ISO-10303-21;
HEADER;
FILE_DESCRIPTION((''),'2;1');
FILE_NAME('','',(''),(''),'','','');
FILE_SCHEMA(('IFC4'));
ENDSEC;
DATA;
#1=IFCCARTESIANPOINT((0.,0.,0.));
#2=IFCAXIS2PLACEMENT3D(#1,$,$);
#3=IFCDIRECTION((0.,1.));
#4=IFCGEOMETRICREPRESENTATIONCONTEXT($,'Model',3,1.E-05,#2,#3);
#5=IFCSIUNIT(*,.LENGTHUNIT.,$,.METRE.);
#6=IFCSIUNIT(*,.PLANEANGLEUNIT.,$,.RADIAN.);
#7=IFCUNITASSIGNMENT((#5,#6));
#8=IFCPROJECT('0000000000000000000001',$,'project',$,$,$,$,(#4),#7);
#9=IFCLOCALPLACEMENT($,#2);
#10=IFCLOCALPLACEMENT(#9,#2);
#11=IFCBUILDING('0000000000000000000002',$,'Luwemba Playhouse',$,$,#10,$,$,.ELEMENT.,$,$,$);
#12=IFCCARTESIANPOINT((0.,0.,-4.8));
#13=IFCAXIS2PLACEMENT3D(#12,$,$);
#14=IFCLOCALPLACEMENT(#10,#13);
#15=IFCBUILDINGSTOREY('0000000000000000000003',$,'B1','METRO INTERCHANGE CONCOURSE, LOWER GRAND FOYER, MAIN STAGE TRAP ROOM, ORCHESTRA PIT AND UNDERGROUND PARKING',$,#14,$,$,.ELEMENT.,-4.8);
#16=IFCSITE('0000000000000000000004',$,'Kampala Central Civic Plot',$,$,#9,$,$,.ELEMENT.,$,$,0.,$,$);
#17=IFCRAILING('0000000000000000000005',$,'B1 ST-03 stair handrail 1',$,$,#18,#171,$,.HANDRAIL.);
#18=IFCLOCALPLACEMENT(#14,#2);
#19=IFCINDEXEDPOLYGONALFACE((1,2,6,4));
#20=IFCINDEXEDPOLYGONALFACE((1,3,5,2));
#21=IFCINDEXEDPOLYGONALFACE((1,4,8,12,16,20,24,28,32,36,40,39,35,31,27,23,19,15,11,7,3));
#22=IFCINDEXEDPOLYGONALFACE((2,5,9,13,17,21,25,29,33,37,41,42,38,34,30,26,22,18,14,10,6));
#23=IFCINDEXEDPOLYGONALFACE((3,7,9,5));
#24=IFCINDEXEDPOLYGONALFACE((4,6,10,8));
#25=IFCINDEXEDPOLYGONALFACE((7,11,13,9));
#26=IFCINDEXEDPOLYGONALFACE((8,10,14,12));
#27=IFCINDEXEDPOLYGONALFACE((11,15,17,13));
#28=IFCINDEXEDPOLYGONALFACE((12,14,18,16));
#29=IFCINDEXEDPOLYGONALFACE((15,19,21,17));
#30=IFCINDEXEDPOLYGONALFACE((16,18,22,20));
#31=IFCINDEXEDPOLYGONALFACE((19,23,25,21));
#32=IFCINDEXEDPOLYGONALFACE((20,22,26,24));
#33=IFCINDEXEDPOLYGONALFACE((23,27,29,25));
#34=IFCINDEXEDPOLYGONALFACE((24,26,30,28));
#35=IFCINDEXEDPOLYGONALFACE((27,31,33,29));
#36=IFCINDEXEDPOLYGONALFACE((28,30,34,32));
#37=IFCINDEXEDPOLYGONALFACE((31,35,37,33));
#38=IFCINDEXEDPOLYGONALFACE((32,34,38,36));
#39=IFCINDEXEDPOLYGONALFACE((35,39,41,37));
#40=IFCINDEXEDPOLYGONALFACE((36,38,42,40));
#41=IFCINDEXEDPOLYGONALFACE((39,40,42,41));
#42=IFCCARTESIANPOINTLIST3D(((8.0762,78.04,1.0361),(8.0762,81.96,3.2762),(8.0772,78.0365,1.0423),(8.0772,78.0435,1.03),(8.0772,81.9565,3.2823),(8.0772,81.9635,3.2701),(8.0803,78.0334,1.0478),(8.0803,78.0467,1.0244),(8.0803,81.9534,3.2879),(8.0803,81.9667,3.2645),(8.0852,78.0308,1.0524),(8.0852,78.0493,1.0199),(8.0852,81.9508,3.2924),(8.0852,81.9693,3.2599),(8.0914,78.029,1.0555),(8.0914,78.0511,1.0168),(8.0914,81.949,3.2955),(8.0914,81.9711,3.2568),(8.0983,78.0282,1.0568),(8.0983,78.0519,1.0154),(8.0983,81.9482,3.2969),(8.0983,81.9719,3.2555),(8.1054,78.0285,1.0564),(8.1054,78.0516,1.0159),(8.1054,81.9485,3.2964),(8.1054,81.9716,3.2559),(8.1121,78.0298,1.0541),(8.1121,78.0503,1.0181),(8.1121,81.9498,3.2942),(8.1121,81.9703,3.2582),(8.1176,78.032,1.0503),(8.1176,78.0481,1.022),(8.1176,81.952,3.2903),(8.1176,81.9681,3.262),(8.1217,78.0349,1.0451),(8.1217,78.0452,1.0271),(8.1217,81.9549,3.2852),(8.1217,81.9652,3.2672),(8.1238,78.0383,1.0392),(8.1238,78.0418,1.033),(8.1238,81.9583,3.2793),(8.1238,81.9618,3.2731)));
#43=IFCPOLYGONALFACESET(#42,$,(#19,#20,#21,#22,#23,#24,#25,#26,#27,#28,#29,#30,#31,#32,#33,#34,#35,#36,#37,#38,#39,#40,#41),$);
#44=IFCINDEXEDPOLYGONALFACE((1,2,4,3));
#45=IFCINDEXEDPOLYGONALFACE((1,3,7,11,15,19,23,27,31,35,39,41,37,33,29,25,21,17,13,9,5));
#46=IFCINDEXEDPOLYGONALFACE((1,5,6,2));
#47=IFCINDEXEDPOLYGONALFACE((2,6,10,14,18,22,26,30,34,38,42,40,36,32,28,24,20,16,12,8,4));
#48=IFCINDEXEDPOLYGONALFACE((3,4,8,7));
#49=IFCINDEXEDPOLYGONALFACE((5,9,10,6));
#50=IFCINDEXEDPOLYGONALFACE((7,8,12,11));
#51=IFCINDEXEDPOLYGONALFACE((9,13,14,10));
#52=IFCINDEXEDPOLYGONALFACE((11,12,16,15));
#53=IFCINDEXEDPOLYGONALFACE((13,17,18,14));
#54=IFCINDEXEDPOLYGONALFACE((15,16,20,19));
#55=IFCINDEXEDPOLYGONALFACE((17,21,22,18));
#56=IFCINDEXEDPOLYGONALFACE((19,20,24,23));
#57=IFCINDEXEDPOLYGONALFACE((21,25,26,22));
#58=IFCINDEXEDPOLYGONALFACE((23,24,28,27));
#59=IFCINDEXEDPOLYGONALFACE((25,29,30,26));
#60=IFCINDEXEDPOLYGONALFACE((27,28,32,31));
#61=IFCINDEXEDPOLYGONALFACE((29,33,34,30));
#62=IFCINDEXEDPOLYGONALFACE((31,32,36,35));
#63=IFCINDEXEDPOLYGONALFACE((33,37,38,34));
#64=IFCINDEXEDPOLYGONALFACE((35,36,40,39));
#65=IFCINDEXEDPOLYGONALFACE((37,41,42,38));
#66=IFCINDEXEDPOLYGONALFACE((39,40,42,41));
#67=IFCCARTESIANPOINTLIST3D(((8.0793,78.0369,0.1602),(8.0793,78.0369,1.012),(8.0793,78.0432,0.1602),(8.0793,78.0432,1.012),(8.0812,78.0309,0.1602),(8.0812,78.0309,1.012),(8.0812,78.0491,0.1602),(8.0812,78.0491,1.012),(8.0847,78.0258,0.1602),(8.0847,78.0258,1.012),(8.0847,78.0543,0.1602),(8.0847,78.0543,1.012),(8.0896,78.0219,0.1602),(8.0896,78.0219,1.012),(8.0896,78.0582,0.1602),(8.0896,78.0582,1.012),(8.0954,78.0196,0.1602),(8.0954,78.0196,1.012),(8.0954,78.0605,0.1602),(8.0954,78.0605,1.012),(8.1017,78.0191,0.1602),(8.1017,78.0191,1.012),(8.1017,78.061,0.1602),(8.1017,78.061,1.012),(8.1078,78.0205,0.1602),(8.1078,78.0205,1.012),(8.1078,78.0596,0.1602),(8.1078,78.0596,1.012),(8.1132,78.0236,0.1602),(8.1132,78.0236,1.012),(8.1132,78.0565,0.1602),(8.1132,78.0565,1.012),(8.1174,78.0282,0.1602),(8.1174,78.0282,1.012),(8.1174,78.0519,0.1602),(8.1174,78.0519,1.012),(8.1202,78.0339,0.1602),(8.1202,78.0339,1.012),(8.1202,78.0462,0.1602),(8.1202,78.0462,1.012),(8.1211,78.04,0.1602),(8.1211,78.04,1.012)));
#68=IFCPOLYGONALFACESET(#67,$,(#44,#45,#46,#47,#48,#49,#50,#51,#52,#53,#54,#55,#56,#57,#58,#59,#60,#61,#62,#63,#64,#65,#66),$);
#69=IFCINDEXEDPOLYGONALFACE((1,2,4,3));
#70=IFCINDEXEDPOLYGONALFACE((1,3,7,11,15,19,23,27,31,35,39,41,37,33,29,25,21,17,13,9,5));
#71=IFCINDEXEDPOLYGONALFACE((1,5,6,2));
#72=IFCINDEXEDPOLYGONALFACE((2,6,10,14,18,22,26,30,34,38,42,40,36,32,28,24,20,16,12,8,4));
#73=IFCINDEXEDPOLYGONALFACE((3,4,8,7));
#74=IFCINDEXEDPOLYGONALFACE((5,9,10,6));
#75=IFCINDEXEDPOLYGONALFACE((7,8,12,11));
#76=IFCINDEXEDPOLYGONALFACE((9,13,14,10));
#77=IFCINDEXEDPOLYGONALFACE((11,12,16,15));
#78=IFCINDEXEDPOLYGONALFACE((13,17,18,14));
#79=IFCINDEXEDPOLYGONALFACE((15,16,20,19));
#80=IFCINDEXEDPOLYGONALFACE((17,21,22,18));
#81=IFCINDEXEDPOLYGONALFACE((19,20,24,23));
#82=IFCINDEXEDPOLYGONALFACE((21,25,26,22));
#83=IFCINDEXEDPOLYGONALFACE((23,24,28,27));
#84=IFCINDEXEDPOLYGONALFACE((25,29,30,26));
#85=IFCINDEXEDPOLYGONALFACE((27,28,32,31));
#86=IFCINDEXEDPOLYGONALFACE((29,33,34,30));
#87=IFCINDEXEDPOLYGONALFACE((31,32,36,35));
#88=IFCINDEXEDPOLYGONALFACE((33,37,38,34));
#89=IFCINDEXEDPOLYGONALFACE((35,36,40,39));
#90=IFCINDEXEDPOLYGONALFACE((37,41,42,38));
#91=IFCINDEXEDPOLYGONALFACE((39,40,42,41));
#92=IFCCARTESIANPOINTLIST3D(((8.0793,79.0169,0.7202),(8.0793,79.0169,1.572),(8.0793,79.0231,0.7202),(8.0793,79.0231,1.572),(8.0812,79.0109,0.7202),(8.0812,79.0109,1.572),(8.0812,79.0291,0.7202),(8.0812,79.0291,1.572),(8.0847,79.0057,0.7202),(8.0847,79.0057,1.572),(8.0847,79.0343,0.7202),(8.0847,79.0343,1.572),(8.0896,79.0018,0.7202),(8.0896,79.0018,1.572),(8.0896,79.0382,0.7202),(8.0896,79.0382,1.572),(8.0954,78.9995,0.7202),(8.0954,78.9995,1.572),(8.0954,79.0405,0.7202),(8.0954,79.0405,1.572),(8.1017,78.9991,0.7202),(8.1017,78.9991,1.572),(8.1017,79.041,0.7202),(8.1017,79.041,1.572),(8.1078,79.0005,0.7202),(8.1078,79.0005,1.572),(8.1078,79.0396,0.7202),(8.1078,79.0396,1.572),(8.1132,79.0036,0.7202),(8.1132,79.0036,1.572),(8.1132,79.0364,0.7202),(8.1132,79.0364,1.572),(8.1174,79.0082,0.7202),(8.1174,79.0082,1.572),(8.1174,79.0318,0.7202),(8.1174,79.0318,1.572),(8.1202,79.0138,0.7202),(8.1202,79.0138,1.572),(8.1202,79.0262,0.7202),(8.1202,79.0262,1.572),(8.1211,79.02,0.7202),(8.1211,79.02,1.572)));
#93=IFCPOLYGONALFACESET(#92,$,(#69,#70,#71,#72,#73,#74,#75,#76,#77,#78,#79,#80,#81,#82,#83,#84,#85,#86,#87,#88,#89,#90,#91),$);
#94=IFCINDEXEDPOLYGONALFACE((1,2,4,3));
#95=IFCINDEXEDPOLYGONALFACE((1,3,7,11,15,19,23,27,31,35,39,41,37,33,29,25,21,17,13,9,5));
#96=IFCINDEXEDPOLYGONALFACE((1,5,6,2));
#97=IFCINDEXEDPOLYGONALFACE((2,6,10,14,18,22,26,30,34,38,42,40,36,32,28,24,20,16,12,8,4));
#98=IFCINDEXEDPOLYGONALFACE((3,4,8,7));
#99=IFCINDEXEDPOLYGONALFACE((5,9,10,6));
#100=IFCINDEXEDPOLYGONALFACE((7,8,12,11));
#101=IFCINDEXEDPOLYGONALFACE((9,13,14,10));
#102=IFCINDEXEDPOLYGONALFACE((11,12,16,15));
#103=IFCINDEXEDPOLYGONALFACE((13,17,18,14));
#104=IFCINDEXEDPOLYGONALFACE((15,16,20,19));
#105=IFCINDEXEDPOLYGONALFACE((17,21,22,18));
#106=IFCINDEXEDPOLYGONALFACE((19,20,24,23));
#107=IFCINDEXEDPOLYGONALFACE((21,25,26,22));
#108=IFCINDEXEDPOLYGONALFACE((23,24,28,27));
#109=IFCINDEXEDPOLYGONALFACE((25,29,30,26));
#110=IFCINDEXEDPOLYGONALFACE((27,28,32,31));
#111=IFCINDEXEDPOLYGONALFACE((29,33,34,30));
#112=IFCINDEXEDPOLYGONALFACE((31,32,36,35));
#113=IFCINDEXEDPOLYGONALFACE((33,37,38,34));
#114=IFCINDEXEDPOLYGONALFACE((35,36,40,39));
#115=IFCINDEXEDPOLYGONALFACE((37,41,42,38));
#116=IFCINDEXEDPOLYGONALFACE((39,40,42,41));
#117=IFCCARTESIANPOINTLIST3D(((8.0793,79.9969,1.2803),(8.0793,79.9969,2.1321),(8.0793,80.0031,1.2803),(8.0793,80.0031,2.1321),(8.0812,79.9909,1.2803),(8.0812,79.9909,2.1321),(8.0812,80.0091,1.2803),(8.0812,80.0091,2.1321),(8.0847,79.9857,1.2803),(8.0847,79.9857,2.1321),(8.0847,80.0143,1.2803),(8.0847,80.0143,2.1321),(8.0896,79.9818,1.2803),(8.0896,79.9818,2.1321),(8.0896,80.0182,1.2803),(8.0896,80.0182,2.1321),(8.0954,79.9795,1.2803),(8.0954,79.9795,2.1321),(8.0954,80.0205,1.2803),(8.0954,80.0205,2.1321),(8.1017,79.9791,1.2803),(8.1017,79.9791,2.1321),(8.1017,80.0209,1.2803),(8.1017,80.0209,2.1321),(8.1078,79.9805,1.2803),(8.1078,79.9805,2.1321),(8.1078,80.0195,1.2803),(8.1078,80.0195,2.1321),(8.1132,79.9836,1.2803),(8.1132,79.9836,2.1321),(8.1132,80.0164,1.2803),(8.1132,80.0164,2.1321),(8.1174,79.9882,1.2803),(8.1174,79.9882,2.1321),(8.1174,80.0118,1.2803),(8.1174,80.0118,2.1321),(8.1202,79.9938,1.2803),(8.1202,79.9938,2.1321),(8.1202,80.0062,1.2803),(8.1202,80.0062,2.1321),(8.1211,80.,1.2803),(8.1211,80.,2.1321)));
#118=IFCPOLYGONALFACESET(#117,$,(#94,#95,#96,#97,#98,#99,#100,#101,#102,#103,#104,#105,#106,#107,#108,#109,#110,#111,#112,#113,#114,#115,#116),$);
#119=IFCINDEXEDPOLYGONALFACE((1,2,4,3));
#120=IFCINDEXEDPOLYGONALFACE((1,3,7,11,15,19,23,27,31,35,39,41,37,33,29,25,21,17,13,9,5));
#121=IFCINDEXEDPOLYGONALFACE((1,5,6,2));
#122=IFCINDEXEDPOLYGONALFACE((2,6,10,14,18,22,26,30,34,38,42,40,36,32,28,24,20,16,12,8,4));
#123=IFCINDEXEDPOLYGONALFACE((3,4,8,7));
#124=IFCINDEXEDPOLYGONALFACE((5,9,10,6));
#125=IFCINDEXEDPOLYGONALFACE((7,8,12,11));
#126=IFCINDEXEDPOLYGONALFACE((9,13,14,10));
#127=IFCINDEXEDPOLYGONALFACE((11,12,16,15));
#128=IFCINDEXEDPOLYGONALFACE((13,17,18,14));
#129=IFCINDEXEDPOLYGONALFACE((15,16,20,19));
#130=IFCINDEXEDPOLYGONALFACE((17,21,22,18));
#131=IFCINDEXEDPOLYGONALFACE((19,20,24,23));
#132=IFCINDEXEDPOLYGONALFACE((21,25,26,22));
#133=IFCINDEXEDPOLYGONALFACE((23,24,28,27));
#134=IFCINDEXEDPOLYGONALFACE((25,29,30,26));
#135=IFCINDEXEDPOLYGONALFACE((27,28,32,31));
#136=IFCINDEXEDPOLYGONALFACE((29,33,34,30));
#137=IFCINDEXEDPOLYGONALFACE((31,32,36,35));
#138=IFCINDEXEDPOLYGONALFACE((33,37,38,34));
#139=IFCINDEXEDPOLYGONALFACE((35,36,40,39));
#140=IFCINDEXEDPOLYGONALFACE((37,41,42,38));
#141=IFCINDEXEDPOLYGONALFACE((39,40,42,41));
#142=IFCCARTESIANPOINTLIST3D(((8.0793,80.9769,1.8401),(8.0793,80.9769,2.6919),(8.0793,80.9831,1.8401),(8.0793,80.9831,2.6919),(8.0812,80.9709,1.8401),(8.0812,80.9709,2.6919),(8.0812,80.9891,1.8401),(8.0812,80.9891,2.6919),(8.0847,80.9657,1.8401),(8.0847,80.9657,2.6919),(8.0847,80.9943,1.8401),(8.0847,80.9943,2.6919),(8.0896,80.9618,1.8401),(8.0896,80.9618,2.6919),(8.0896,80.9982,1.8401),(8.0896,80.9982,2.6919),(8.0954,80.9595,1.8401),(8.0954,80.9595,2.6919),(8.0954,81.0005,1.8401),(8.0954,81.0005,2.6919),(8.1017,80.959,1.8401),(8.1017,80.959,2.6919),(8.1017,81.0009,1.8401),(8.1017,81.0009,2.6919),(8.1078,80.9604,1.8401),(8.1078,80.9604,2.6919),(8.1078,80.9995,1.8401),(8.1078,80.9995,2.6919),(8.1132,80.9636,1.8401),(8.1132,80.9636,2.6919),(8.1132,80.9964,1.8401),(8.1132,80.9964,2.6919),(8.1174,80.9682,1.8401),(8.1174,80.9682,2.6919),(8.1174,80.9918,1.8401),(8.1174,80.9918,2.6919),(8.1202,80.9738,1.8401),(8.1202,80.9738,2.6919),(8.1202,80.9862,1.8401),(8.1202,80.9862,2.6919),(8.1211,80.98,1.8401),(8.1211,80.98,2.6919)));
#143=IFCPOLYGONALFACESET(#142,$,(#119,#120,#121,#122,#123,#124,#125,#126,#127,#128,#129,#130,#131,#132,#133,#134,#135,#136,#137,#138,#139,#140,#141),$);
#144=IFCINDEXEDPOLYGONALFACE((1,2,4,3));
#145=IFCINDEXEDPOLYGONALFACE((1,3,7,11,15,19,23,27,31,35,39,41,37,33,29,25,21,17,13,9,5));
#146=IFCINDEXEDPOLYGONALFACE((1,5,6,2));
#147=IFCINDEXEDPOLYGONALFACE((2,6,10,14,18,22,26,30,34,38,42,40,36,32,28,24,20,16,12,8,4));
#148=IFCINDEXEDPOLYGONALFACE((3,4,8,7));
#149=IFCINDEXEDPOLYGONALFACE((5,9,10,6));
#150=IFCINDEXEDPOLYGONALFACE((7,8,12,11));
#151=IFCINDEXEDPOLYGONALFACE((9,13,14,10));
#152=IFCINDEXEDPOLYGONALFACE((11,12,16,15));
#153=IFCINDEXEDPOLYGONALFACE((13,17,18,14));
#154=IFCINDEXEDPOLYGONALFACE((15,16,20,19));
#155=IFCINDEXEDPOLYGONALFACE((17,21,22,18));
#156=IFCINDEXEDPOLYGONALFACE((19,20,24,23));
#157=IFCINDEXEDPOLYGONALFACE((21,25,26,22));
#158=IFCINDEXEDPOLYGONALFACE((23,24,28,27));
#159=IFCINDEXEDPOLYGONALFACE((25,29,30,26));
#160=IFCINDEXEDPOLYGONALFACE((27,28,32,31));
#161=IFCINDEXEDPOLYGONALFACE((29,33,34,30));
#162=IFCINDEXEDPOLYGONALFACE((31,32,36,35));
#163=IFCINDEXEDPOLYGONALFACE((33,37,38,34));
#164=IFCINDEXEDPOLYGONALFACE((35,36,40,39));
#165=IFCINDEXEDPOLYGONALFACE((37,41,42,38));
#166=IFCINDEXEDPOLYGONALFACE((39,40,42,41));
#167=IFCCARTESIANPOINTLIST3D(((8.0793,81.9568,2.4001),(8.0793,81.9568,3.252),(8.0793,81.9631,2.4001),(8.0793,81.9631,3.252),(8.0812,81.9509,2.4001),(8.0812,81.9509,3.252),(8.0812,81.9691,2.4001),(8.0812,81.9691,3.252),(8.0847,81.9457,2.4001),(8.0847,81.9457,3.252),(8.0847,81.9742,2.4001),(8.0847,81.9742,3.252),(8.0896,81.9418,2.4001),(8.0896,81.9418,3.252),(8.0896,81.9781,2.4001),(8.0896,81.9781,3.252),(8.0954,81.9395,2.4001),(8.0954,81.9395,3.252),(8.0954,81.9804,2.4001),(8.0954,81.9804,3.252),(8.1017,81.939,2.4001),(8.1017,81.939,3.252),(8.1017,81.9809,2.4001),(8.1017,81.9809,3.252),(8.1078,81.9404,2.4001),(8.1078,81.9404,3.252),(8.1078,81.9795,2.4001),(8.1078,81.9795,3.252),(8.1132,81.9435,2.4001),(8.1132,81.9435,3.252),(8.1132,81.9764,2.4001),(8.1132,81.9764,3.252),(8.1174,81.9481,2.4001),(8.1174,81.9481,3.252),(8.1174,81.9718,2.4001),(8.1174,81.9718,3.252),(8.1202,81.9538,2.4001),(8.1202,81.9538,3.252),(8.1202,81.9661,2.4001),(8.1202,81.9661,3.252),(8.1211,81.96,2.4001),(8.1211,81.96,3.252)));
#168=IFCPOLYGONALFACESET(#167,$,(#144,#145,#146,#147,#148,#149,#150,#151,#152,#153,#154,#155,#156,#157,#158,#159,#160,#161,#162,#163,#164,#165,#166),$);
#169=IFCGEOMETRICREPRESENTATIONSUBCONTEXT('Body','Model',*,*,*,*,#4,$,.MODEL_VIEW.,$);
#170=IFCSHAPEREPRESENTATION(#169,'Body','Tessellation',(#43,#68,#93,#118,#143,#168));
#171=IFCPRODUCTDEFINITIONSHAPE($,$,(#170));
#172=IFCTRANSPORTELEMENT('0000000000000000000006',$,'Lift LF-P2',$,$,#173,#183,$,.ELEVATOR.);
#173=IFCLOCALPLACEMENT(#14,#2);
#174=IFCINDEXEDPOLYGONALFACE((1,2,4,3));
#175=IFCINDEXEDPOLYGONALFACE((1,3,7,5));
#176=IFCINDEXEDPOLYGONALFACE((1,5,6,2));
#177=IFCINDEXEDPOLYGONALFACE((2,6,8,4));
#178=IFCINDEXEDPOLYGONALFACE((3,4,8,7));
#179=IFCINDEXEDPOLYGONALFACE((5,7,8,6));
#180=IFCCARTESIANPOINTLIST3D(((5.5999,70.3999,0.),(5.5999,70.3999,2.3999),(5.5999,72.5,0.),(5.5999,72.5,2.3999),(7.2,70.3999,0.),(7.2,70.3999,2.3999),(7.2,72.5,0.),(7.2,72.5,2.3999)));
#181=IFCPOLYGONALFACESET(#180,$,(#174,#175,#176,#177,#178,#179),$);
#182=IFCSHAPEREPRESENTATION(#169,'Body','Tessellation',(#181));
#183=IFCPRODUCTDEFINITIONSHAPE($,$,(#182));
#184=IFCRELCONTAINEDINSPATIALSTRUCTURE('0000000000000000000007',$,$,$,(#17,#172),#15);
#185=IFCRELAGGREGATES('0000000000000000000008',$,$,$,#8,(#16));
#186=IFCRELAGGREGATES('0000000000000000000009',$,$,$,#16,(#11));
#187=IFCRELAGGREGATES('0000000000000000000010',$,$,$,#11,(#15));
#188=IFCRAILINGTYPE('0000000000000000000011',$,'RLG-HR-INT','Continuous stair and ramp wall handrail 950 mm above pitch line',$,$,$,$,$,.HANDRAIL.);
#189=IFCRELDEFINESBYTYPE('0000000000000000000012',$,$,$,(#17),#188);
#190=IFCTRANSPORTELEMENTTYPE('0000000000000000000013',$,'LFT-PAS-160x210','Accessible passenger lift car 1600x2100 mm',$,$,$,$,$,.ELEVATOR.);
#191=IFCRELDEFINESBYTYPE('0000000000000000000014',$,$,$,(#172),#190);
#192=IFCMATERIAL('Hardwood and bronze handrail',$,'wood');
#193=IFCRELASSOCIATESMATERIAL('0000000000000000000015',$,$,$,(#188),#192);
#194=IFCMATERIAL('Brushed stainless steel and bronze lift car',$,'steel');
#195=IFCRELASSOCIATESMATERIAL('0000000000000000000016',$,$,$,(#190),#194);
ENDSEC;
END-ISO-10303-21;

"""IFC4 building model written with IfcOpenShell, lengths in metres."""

from ifc_helpers import new_model, si_unit, direction, frame, origin, origin_2d, place, context, subcontext, project, spatial, rectangle, circle, extrude, material, type_object, element, save


model = new_model("IFC4")

# Units and contexts
model_context = context("Model", 3, precision=1e-05, world=origin(), true_north=direction((0.0, 1.0)))
body_context = subcontext(model_context, "Body", "Model", "MODEL_VIEW")
ifc_project = project(units=[si_unit("LENGTHUNIT", "METRE"), si_unit("PLANEANGLEUNIT", "RADIAN")], contexts=[model_context])

# Site, building, storey
site_placement = place(None, origin())
site = spatial("IfcSite", under=ifc_project, at=site_placement, Name="Kampala Central Civic Plot", CompositionType="ELEMENT", RefElevation=0.0)
building_placement = place(site_placement, origin())
building = spatial("IfcBuilding", under=site, at=building_placement, Name="Luwemba Playhouse", CompositionType="ELEMENT")
storey_placement = place(building_placement, frame((0.0, 0.0, -4.8)))
storey = spatial("IfcBuildingStorey", under=building, at=storey_placement, Name="B1", Description="METRO INTERCHANGE CONCOURSE, LOWER GRAND FOYER, MAIN STAGE TRAP ROOM, ORCHESTRA PIT AND UNDERGROUND PARKING", CompositionType="ELEMENT", Elevation=-4.8)

# Railing
ifc_material_1 = material(Name="Hardwood and bronze handrail", Category="wood")
railing_type_1 = type_object("IfcRailingType", Name="RLG-HR-INT", Description="Continuous stair and ramp wall handrail 950 mm above pitch line", PredefinedType="HANDRAIL", material=ifc_material_1)
railing_1_placement = place(storey_placement, frame((8.1001, 78.04, 0.1602)))
element("IfcRailing", 1, at=railing_1_placement, inside=storey, type_object=railing_type_1, Name="B1 ST-03 stair handrail 1", PredefinedType="HANDRAIL", context=body_context, shape_type="SweptSolid", body=[
    extrude(circle(Radius=0.0239, at=origin_2d()), frame((0.0, 0.0, 0.876), z_axis=(0.0, 0.86824, 0.496145), x_axis=(-1.0, 0.0, 0.0)), (0.0, 0.0, 1.0), 4.5149),
    extrude(circle(Radius=0.021, at=origin_2d()), origin(), (0.0, 0.0, 1.0), 0.8518),
    extrude(circle(Radius=0.021, at=origin_2d()), frame((0.0, 0.98, 0.5601)), (0.0, 0.0, 1.0), 0.8518),
    extrude(circle(Radius=0.021, at=origin_2d()), frame((0.0, 1.96, 1.1201)), (0.0, 0.0, 1.0), 0.8518),
    extrude(circle(Radius=0.021, at=origin_2d()), frame((0.0, 2.9399, 1.6799)), (0.0, 0.0, 1.0), 0.8518),
    extrude(circle(Radius=0.021, at=origin_2d()), frame((0.0, 3.9199, 2.24)), (0.0, 0.0, 1.0), 0.8518),
])

# Transport element
ifc_material_2 = material(Name="Brushed stainless steel and bronze lift car", Category="steel")
transport_element_type = type_object("IfcTransportElementType", Name="LFT-PAS-160x210", Description="Accessible passenger lift car 1600x2100 mm", PredefinedType="ELEVATOR", material=ifc_material_2)
transport_element_placement = place(storey_placement, frame((6.3999, 71.45, 0.0), z_axis=(0.0, 0.0, 1.0), x_axis=(1.0, 0.0, 0.0)))
element("IfcTransportElement", 2, at=transport_element_placement, inside=storey, type_object=transport_element_type, Name="Lift LF-P2", PredefinedType="ELEVATOR", context=body_context, shape_type="SweptSolid", body=[
    extrude(rectangle(XDim=1.6001, YDim=2.1001, at=origin_2d()), origin(), (0.0, 0.0, 1.0), 2.3999),
])

save(model, "model.ifc")
